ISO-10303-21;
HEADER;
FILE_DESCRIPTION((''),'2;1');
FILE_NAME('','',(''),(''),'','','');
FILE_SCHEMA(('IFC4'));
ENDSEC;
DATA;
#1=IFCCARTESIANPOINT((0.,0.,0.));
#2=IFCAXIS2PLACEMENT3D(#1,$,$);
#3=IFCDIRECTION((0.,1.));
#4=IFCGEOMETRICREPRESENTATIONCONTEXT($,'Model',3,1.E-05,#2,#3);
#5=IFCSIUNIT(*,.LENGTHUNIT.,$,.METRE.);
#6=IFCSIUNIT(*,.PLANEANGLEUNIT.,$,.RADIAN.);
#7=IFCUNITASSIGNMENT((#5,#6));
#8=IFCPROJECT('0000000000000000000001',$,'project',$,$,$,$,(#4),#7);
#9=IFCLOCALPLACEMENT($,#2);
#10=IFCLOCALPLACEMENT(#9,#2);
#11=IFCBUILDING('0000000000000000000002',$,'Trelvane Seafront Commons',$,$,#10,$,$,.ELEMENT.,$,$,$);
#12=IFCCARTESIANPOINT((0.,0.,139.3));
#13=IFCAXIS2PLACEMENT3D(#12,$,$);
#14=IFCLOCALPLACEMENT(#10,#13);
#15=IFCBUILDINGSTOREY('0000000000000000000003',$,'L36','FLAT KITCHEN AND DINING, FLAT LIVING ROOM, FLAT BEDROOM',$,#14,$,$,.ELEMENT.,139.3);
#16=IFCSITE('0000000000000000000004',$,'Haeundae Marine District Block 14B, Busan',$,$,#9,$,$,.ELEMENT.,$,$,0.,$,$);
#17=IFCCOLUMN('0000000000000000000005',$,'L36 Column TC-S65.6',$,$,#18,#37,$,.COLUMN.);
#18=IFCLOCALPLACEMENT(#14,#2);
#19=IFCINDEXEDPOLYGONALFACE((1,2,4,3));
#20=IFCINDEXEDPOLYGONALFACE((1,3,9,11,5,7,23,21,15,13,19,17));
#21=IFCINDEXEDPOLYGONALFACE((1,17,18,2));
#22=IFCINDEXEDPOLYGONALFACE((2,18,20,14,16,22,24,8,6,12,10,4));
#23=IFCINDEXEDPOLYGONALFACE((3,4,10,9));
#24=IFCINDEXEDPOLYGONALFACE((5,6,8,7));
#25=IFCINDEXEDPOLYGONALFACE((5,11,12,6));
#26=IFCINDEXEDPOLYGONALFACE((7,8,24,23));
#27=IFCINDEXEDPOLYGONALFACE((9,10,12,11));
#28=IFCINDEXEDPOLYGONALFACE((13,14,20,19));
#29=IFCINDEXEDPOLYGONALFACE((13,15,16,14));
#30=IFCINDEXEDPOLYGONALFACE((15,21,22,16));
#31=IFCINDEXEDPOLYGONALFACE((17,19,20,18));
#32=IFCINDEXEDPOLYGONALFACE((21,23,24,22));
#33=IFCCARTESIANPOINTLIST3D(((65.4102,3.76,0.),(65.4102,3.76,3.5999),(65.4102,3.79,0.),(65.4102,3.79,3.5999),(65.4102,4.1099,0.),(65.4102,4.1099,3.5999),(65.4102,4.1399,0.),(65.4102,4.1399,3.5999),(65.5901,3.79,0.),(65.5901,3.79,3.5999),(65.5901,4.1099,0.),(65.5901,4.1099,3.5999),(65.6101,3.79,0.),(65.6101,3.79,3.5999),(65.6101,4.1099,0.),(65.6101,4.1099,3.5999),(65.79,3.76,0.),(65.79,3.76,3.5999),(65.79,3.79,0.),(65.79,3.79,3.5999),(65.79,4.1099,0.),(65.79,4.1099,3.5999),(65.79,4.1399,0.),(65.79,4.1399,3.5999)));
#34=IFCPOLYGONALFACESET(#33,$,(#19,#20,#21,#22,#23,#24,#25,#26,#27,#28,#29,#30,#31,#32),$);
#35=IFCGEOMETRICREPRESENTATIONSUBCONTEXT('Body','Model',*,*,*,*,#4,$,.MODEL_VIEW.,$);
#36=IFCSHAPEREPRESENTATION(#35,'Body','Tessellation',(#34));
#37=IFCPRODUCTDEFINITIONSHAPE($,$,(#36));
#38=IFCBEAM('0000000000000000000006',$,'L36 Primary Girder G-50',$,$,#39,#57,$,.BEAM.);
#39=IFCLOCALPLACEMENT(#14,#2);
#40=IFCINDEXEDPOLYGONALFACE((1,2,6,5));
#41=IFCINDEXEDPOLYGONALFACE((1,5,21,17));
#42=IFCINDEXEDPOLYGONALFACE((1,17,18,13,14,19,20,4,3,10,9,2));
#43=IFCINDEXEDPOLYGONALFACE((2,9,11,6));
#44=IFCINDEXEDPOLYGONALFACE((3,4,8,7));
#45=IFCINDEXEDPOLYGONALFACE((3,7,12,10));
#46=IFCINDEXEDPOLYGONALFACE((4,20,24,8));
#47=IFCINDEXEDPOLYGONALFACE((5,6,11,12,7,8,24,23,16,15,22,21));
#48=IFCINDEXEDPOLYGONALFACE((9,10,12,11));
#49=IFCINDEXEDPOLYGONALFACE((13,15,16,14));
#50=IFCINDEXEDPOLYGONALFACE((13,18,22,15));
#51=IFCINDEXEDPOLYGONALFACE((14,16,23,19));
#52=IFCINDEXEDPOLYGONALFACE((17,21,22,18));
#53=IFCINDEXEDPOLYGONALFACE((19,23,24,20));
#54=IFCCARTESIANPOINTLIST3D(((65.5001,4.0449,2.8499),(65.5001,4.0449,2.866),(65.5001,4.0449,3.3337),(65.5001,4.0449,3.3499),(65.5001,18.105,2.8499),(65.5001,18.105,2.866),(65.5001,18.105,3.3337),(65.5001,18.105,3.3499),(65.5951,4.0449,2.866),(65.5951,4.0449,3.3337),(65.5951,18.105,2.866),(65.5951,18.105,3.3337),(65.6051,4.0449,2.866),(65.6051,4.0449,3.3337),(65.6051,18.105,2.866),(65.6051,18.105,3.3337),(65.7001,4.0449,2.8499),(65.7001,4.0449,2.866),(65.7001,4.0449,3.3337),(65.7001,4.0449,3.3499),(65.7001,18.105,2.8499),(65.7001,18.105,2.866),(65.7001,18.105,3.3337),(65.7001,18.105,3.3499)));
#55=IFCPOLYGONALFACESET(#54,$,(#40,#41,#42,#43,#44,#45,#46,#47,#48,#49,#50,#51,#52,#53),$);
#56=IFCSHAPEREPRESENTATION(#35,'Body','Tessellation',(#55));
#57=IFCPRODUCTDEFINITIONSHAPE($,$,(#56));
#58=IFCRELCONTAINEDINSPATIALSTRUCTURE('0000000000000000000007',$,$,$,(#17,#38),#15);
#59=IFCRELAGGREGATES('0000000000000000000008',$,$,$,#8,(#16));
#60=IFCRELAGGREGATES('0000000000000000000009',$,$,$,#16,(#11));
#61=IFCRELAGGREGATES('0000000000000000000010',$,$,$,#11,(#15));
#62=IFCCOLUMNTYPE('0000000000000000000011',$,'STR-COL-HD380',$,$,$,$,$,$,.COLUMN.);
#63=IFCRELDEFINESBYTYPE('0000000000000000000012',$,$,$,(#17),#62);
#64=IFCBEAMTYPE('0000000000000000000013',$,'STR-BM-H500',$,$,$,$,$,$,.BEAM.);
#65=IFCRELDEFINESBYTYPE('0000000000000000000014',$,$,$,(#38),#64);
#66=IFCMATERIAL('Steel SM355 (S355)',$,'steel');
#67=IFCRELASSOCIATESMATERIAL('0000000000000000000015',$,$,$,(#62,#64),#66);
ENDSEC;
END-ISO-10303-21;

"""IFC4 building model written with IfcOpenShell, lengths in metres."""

from ifc_helpers import new_model, si_unit, direction, frame, origin, origin_2d, place, context, subcontext, project, spatial, i_section, extrude, source, transform, mapped, material, material_profile, profile_set, type_object, element, save


model = new_model("IFC4")

# Units and contexts
model_context = context("Model", 3, precision=1e-05, world=origin(), true_north=direction((0.0, 1.0)))
body_context = subcontext(model_context, "Body", "Model", "MODEL_VIEW")
ifc_project = project(units=[si_unit("LENGTHUNIT", "METRE"), si_unit("PLANEANGLEUNIT", "RADIAN")], contexts=[model_context])

# Site, building, storey
site_placement = place(None, origin())
site = spatial("IfcSite", under=ifc_project, at=site_placement, Name="Haeundae Marine District Block 14B, Busan", CompositionType="ELEMENT", RefElevation=0.0)
building_placement = place(site_placement, origin())
building = spatial("IfcBuilding", under=site, at=building_placement, Name="Trelvane Seafront Commons", CompositionType="ELEMENT")
storey_placement = place(building_placement, frame((0.0, 0.0, 139.3)))
storey = spatial("IfcBuildingStorey", under=building, at=storey_placement, Name="L36", Description="FLAT KITCHEN AND DINING, FLAT LIVING ROOM, FLAT BEDROOM", CompositionType="ELEMENT", Elevation=139.3)

# Column
ifc_material_1 = material(Name="Steel SM355 (S355)", Category="steel")
ifc_material_profile_1 = material_profile(ifc_material_1, i_section(OverallWidth=0.3799, OverallDepth=0.3799, WebThickness=0.02, FlangeThickness=0.03, at=origin_2d()), Name="HD-380x380x20x30")
ifc_profile_set_1 = profile_set([ifc_material_profile_1], Name="Steel SM355 (S355)")
column_type = type_object("IfcColumnType", Name="STR-COL-HD380", PredefinedType="COLUMN", material=ifc_profile_set_1)
shared_shape_1 = source(origin(), body_context, "Body", "SweptSolid", [
    extrude(i_section(OverallWidth=0.3799, OverallDepth=0.3799, WebThickness=0.02, FlangeThickness=0.03, at=origin_2d()), origin(), (0.0, 0.0, 1.0), 3.5999),
])
column_placement = place(storey_placement, frame((65.6001, 3.95, 0.0), z_axis=(0.0, 0.0, 1.0), x_axis=(1.0, 0.0, 0.0)))
element("IfcColumn", 1, at=column_placement, inside=storey, type_object=column_type, Name="L36 Column TC-S65.6", PredefinedType="COLUMN", context=body_context, shape_type="MappedRepresentation", body=[
    mapped(shared_shape_1, transform((0.0, 0.0, 0.0), x_axis=(1.0, 0.0, 0.0), y_axis=(0.0, 1.0, 0.0), z_axis=(0.0, 0.0, 1.0), scale=1.0)),
])

# Beam
ifc_material_profile_2 = material_profile(ifc_material_1, i_section(OverallWidth=0.2, OverallDepth=0.5, WebThickness=0.01, FlangeThickness=0.0161, at=origin_2d()), Name="H-500x200x10x16")
ifc_profile_set_2 = profile_set([ifc_material_profile_2], Name="Steel SM355 (S355)")
beam_type = type_object("IfcBeamType", Name="STR-BM-H500", PredefinedType="BEAM", material=ifc_profile_set_2)
shared_shape_2 = source(origin(), body_context, "Body", "SweptSolid", [
    extrude(i_section(OverallWidth=0.2, OverallDepth=0.5, WebThickness=0.01, FlangeThickness=0.0161, at=origin_2d()), origin(), (0.0, 0.0, 1.0), 14.0601),
])
beam_placement = place(storey_placement, frame((65.6001, 4.0449, 3.0999), z_axis=(0.0, 1.0, 0.0), x_axis=(-1.0, 0.0, 0.0)))
element("IfcBeam", 2, at=beam_placement, inside=storey, type_object=beam_type, Name="L36 Primary Girder G-50", PredefinedType="BEAM", context=body_context, shape_type="MappedRepresentation", body=[
    mapped(shared_shape_2, transform((0.0, 0.0, 0.0), x_axis=(1.0, 0.0, 0.0), y_axis=(0.0, 1.0, 0.0), z_axis=(0.0, 0.0, 1.0), scale=1.0)),
])

save(model, "model.ifc")
